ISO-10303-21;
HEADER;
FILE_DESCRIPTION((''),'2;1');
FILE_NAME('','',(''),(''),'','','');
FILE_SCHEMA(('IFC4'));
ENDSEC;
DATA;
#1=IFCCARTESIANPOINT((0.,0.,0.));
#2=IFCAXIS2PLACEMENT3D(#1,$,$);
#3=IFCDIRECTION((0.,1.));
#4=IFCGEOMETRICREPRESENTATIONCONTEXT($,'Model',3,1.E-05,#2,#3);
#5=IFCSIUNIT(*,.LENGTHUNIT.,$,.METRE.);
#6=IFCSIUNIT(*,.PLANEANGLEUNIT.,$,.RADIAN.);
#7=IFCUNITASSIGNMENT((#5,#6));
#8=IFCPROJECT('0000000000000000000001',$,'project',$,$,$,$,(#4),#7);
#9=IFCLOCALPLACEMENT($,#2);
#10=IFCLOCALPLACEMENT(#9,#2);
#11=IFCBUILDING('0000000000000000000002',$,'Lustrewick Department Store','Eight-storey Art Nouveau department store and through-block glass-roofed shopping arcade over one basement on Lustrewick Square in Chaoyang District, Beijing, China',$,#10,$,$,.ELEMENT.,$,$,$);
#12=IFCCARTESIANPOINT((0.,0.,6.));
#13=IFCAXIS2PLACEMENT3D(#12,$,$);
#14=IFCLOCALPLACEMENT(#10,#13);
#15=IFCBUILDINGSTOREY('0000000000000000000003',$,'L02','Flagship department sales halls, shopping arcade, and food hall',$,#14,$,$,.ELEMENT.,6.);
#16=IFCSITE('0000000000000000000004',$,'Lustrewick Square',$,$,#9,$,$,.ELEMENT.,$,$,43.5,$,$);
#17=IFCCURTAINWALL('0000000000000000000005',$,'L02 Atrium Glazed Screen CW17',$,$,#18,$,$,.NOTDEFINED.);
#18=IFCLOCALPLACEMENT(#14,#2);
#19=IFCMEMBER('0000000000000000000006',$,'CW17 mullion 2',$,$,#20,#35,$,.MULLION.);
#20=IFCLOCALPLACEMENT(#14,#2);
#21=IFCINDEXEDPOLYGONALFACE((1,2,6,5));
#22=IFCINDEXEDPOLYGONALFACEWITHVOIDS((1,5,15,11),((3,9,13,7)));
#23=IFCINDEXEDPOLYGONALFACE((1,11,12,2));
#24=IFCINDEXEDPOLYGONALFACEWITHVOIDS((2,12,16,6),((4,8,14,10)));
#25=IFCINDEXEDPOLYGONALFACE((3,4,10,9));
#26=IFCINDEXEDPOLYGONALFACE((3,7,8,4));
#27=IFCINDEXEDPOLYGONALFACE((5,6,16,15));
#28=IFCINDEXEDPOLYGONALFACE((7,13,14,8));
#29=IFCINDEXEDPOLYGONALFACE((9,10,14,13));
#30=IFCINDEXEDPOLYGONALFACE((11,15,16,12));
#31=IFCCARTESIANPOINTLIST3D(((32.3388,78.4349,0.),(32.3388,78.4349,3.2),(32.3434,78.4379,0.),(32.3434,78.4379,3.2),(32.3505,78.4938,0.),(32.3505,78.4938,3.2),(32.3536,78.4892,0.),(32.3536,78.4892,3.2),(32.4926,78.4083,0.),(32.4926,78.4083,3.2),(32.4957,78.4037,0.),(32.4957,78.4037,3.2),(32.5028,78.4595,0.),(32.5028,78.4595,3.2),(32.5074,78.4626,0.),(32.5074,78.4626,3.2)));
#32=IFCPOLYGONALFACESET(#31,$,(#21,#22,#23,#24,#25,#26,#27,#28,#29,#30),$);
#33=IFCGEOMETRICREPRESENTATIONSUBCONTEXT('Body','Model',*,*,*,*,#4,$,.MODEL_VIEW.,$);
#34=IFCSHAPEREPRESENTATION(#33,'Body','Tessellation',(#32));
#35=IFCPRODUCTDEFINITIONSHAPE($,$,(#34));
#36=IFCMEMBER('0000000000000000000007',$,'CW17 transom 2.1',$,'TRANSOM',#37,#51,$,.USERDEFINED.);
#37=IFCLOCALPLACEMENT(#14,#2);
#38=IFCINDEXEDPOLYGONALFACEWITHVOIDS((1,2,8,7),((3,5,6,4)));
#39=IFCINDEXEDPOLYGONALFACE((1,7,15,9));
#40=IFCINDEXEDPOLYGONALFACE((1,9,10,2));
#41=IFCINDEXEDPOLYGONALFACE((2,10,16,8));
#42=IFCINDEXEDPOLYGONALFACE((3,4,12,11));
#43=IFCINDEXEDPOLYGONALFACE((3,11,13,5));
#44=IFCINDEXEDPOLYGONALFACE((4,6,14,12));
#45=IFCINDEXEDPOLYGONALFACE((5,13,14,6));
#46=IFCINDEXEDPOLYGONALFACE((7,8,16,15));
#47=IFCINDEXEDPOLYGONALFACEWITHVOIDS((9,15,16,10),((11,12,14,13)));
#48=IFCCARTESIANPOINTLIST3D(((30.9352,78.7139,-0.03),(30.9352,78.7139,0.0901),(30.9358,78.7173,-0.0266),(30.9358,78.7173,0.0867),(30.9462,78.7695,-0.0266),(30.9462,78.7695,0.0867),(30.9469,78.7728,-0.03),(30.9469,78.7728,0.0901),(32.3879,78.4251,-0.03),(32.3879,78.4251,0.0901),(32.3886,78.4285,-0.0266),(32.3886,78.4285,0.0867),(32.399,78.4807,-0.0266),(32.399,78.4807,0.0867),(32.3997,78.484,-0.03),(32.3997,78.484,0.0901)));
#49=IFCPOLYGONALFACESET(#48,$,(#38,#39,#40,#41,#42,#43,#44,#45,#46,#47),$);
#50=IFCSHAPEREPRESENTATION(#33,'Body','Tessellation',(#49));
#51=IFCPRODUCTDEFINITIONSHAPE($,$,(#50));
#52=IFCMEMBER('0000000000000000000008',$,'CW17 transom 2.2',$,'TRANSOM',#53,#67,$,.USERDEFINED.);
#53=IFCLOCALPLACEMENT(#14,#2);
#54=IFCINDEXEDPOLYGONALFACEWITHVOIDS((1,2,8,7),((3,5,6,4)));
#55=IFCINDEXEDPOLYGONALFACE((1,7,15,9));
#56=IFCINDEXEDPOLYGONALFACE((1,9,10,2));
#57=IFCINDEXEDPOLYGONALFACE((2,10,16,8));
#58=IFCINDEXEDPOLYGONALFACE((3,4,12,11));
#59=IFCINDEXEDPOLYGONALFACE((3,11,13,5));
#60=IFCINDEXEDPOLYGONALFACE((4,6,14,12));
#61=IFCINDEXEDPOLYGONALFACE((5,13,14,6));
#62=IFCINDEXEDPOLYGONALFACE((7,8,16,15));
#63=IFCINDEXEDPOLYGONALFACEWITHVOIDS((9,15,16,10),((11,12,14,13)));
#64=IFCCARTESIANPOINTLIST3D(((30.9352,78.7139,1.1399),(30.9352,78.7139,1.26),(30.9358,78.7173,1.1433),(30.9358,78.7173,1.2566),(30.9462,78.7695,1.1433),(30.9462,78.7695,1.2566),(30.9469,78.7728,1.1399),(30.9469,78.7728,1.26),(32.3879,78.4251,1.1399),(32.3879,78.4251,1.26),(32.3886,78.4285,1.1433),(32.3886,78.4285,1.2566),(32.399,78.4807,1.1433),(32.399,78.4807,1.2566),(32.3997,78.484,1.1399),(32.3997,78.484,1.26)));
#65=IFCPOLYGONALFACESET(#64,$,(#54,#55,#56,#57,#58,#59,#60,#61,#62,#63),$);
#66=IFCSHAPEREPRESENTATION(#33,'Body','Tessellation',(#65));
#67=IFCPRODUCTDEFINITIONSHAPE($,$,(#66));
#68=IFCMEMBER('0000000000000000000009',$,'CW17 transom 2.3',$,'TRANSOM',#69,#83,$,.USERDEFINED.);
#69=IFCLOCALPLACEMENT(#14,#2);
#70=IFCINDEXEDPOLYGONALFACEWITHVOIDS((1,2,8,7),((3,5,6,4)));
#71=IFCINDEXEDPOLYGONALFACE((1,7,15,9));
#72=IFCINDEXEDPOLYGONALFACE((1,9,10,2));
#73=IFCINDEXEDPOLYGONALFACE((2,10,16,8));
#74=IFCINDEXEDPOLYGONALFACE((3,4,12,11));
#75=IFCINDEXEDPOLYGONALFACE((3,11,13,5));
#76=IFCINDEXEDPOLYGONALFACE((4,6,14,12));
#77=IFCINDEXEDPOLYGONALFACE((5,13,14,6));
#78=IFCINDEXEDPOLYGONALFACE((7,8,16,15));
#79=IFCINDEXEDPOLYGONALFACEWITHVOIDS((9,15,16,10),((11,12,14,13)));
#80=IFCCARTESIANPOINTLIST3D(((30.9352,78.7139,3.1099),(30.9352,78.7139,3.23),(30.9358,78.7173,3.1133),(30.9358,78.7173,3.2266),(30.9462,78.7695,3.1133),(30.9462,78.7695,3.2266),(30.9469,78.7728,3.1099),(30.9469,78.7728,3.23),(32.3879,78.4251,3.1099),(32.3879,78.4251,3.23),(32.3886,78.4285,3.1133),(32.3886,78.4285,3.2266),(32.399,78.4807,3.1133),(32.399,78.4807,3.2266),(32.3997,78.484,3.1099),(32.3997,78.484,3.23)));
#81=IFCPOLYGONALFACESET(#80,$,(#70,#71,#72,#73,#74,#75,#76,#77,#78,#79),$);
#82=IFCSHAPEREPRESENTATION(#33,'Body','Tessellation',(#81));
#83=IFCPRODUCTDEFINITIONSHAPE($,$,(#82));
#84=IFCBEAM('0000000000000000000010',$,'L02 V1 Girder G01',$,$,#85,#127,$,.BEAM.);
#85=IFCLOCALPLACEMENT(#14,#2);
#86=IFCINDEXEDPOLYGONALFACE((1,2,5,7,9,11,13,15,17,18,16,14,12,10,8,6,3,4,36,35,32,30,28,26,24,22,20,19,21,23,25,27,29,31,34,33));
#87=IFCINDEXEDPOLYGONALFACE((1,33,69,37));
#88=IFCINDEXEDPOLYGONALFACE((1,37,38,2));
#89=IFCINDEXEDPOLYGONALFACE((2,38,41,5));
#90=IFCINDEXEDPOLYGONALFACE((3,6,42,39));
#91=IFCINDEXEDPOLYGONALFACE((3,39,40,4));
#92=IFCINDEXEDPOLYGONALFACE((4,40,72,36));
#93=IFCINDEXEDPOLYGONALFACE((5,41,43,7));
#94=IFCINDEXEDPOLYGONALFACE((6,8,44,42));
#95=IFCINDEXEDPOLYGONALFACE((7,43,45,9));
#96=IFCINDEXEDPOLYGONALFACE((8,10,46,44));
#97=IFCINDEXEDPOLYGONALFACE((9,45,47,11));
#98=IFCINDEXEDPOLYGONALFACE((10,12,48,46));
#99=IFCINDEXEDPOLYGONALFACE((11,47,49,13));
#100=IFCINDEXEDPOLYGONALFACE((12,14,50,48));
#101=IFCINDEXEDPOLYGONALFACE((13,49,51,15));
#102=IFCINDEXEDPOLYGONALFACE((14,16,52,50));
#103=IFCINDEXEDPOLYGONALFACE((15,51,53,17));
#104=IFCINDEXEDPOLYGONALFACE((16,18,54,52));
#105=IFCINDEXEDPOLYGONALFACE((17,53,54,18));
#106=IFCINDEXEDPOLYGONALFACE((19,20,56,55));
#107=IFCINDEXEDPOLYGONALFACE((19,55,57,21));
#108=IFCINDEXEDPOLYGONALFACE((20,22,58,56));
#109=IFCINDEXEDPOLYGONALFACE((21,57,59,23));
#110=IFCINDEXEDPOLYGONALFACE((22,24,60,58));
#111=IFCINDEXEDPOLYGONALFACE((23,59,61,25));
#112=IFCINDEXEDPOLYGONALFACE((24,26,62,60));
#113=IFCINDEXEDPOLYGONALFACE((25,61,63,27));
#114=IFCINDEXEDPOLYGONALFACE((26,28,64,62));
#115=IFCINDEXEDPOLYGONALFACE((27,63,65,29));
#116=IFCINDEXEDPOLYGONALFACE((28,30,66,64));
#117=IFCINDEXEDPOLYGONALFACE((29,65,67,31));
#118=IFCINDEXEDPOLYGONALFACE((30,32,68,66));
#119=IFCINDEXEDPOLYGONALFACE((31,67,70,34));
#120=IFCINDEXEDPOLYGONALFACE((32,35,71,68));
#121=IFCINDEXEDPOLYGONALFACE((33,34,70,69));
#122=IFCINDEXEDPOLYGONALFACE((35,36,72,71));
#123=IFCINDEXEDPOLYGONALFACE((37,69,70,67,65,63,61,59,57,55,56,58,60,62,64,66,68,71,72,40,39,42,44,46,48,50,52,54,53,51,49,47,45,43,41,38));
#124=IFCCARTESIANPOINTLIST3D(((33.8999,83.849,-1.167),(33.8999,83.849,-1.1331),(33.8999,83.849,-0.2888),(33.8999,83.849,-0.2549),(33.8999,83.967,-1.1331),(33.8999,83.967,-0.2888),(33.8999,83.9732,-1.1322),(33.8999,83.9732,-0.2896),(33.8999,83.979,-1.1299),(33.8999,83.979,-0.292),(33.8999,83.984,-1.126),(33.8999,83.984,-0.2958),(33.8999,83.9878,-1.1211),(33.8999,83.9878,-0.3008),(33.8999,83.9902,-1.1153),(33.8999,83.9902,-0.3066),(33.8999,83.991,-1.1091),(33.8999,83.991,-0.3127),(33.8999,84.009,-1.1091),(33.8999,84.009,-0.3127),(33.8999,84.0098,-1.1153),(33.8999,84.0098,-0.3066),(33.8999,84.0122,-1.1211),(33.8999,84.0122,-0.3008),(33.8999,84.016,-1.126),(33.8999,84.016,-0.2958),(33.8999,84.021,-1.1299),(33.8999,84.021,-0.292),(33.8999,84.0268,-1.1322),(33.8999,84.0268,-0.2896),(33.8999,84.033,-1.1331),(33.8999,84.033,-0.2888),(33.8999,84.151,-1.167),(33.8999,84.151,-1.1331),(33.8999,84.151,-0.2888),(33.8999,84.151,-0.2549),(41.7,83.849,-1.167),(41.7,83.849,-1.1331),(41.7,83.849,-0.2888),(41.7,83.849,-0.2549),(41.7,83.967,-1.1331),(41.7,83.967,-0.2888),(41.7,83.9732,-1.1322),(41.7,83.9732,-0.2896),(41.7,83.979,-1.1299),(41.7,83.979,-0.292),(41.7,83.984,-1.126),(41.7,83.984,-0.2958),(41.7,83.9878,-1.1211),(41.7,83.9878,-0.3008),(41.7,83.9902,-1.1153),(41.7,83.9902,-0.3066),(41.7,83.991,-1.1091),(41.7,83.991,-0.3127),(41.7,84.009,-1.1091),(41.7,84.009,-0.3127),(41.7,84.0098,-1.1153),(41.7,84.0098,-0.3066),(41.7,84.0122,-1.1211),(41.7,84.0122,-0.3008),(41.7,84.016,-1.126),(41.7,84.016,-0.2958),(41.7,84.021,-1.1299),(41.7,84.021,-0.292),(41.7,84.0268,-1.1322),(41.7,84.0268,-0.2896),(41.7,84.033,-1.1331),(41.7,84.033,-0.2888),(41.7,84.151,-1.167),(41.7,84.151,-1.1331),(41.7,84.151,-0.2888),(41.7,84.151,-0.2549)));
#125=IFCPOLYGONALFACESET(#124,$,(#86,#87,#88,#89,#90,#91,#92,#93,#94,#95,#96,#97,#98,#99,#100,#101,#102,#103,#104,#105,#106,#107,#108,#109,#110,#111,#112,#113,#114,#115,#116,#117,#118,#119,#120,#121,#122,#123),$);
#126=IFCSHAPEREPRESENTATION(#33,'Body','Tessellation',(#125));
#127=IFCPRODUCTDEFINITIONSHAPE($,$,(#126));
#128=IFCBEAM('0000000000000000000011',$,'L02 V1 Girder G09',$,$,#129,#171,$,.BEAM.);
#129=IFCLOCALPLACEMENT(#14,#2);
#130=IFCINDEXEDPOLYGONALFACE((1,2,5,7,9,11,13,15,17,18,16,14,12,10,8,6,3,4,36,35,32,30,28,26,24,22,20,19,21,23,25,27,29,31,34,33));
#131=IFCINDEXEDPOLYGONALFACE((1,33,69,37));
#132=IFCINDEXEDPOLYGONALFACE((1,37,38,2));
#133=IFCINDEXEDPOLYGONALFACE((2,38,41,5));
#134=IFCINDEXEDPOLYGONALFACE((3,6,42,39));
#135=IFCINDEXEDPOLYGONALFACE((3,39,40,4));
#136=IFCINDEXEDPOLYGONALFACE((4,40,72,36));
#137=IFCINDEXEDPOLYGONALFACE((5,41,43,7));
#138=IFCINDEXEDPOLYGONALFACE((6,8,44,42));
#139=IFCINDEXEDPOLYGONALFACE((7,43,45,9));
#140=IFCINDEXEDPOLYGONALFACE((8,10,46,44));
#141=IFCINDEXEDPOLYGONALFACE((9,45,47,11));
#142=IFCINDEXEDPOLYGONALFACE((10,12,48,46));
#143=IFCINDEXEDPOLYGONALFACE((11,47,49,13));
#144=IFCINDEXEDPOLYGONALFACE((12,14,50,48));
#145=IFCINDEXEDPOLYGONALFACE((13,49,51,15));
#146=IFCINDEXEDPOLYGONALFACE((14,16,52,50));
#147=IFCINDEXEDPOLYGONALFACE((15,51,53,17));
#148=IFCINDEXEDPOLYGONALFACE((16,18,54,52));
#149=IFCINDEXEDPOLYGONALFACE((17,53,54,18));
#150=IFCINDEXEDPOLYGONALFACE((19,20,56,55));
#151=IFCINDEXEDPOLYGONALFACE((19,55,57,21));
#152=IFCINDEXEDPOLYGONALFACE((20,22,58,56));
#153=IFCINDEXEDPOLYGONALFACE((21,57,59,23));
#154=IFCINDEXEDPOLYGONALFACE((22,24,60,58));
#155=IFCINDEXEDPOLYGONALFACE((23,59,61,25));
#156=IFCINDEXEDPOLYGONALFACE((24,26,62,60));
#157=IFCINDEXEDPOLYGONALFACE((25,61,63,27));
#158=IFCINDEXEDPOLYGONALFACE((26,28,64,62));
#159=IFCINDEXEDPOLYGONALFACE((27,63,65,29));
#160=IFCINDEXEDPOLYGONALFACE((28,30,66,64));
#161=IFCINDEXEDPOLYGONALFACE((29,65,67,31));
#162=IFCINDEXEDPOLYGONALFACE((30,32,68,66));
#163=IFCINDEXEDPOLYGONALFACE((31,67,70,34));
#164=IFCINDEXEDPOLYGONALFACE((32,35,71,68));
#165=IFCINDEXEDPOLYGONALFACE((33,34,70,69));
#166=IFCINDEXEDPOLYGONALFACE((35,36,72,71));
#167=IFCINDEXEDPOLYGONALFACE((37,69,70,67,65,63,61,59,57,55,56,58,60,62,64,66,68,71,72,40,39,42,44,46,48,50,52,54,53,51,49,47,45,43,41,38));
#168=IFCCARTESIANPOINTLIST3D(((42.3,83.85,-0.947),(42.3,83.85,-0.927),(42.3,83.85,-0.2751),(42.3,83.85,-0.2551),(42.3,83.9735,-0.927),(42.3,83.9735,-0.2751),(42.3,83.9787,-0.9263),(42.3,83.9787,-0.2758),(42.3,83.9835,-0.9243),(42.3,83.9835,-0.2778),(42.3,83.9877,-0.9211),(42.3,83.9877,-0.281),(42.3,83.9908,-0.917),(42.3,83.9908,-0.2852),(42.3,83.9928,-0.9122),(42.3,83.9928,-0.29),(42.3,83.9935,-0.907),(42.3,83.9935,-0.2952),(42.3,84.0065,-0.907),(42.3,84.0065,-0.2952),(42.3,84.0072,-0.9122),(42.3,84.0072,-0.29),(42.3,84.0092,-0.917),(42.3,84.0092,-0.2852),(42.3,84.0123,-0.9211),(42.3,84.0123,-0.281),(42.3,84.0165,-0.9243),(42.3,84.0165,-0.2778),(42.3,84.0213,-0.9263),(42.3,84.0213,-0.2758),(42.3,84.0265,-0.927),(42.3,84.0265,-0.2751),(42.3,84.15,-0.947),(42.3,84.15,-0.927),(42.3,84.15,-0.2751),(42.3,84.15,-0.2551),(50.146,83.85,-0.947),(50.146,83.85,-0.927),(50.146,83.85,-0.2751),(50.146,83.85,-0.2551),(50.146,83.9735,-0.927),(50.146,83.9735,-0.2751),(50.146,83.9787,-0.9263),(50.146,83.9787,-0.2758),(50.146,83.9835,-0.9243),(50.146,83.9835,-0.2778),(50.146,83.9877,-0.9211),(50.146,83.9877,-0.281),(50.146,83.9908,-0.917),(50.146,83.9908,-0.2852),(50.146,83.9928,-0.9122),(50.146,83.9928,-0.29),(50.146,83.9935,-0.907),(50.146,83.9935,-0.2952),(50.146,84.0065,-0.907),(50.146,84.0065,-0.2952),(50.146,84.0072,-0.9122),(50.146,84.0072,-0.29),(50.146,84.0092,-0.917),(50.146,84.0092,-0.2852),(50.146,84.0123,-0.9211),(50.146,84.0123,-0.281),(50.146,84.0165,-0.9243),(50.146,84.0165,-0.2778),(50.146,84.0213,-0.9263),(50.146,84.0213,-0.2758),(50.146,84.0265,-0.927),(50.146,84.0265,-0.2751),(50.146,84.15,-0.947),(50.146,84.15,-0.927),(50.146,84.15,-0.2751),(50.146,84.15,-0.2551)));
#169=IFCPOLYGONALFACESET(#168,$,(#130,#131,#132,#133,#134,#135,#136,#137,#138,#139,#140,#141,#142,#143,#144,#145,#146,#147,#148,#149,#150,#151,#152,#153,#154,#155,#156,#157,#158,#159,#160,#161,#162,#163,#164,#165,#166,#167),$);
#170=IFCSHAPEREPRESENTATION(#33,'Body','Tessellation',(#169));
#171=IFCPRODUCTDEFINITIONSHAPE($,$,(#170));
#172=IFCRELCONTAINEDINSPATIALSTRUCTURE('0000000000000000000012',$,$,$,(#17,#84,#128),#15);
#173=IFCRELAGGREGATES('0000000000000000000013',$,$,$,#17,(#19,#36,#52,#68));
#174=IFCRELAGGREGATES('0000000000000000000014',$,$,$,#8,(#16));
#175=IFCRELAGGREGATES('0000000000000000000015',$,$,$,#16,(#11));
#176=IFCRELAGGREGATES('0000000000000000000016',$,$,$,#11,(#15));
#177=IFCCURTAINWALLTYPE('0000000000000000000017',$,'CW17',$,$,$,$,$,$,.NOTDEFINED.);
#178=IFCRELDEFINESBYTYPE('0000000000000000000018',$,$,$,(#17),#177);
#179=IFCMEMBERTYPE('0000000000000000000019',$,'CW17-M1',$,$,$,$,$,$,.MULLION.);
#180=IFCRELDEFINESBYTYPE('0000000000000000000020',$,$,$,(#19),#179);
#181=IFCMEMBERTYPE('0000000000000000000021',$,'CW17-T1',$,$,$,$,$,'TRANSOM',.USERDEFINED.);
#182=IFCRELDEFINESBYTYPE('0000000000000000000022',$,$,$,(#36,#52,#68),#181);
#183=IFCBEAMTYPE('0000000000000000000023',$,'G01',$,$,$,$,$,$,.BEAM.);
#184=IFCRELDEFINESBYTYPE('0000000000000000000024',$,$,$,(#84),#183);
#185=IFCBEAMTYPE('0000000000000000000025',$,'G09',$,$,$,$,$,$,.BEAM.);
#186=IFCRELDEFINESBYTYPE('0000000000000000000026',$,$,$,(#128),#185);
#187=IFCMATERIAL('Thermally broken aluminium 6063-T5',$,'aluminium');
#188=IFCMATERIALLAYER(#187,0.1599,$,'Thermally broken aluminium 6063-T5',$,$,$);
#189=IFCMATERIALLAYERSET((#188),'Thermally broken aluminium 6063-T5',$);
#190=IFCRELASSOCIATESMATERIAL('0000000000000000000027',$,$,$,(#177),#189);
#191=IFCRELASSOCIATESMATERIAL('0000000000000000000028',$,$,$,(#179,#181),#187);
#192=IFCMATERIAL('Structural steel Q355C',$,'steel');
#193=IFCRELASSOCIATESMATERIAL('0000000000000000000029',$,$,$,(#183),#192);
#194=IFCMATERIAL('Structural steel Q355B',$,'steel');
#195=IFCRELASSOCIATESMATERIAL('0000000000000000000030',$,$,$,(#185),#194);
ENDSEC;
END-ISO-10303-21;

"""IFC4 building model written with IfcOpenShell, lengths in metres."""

from ifc_helpers import new_model, si_unit, direction, frame, origin, origin_2d, place, context, subcontext, project, spatial, hollow_rectangle, i_section, extrude, material, layer, layer_set, material_profile, profile_set, type_object, element, aggregate, save


model = new_model("IFC4")

# Units and contexts
model_context = context("Model", 3, precision=1e-05, world=origin(), true_north=direction((0.0, 1.0)))
body_context = subcontext(model_context, "Body", "Model", "MODEL_VIEW")
ifc_project = project(units=[si_unit("LENGTHUNIT", "METRE"), si_unit("PLANEANGLEUNIT", "RADIAN")], contexts=[model_context])

# Site, building, storey
site_placement = place(None, origin())
site = spatial("IfcSite", under=ifc_project, at=site_placement, Name="Lustrewick Square", CompositionType="ELEMENT", RefElevation=43.5)
building_placement = place(site_placement, origin())
building = spatial("IfcBuilding", under=site, at=building_placement, Name="Lustrewick Department Store", Description="Eight-storey Art Nouveau department store and through-block glass-roofed shopping arcade over one basement on Lustrewick Square in Chaoyang District, Beijing, China", CompositionType="ELEMENT")
storey_placement = place(building_placement, frame((0.0, 0.0, 6.0)))
storey = spatial("IfcBuildingStorey", under=building, at=storey_placement, Name="L02", Description="Flagship department sales halls, shopping arcade, and food hall", CompositionType="ELEMENT", Elevation=6.0)

# Shared definitions
ifc_material_1 = material(Name="Structural steel Q355C", Category="steel")
ifc_material_2 = material(Name="Structural steel Q355B", Category="steel")

# Curtain wall, members
ifc_material_3 = material(Name="Thermally broken aluminium 6063-T5", Category="aluminium")
ifc_layer_1 = layer(ifc_material_3, 0.1599, Name="Thermally broken aluminium 6063-T5")
ifc_layer_set_1 = layer_set([ifc_layer_1], Name="Thermally broken aluminium 6063-T5")
curtain_wall_type = type_object("IfcCurtainWallType", Name="CW17", PredefinedType="NOTDEFINED", material=ifc_layer_set_1)
curtain_wall_placement = place(storey_placement, origin())
curtain_wall = element("IfcCurtainWall", 1, at=curtain_wall_placement, inside=storey, type_object=curtain_wall_type, Name="L02 Atrium Glazed Screen CW17", PredefinedType="NOTDEFINED")
ifc_material_profile_1 = material_profile(ifc_material_3, hollow_rectangle(XDim=0.0601, YDim=0.1599, WallThickness=0.0039, at=origin_2d()), Name="ALU-M 60x160x4")
ifc_profile_set_1 = profile_set([ifc_material_profile_1], Name="Thermally broken aluminium 6063-T5")
member_type_1 = type_object("IfcMemberType", Name="CW17-M1", PredefinedType="MULLION", material=ifc_profile_set_1)
member_1_placement = place(storey_placement, frame((32.4231, 78.4487, 0.0), z_axis=(0.0, 0.0, 1.0), x_axis=(-0.195085, -0.980786, 0.0)))
member_1 = element("IfcMember", 2, at=member_1_placement, type_object=member_type_1, Name="CW17 mullion 2", PredefinedType="MULLION", context=body_context, shape_type="SweptSolid", body=[
    extrude(hollow_rectangle(XDim=0.0601, YDim=0.1599, WallThickness=0.0039, at=origin_2d()), origin(), (0.0, 0.0, 1.0), 3.2),
])
ifc_material_profile_2 = material_profile(ifc_material_3, hollow_rectangle(XDim=0.0601, YDim=0.1201, WallThickness=0.0034, at=origin_2d()), Name="ALU-T 60x120x3.5")
ifc_profile_set_2 = profile_set([ifc_material_profile_2], Name="Thermally broken aluminium 6063-T5")
member_type_2 = type_object("IfcMemberType", Name="CW17-T1", ElementType="TRANSOM", PredefinedType="USERDEFINED", material=ifc_profile_set_2)
member_2_placement = place(storey_placement, frame((32.3938, 78.4546, 0.03), z_axis=(-0.980808, 0.194975, 0.0), x_axis=(-0.194975, -0.980808, 0.0)))
member_2 = element("IfcMember", 3, at=member_2_placement, type_object=member_type_2, Name="CW17 transom 2.1", ObjectType="TRANSOM", PredefinedType="USERDEFINED", context=body_context, shape_type="SweptSolid", body=[
    extrude(hollow_rectangle(XDim=0.0601, YDim=0.1201, WallThickness=0.0034, at=origin_2d()), origin(), (0.0, 0.0, 1.0), 1.4812),
])
member_3_placement = place(storey_placement, frame((32.3938, 78.4546, 1.2), z_axis=(-0.980808, 0.194975, 0.0), x_axis=(-0.194975, -0.980808, 0.0)))
member_3 = element("IfcMember", 4, at=member_3_placement, type_object=member_type_2, Name="CW17 transom 2.2", ObjectType="TRANSOM", PredefinedType="USERDEFINED", context=body_context, shape_type="SweptSolid", body=[
    extrude(hollow_rectangle(XDim=0.0601, YDim=0.1201, WallThickness=0.0034, at=origin_2d()), origin(), (0.0, 0.0, 1.0), 1.4812),
])
member_4_placement = place(storey_placement, frame((32.3938, 78.4546, 3.1699), z_axis=(-0.980808, 0.194975, 0.0), x_axis=(-0.194975, -0.980808, 0.0)))
member_4 = element("IfcMember", 5, at=member_4_placement, type_object=member_type_2, Name="CW17 transom 2.3", ObjectType="TRANSOM", PredefinedType="USERDEFINED", context=body_context, shape_type="SweptSolid", body=[
    extrude(hollow_rectangle(XDim=0.0601, YDim=0.1201, WallThickness=0.0034, at=origin_2d()), origin(), (0.0, 0.0, 1.0), 1.4812),
])
aggregate(curtain_wall, [member_1, member_2, member_3, member_4])

# Beams
ifc_material_profile_3 = material_profile(ifc_material_1, i_section(OverallWidth=0.302, OverallDepth=0.9121, WebThickness=0.0181, FlangeThickness=0.0339, FilletRadius=0.0239, at=origin_2d()), Name="HN 912x302x18x34")
ifc_profile_set_3 = profile_set([ifc_material_profile_3], Name="Structural steel Q355C")
beam_type_1 = type_object("IfcBeamType", Name="G01", PredefinedType="BEAM", material=ifc_profile_set_3)
beam_1_placement = place(storey_placement, frame((33.8999, 84.0, -0.7109), z_axis=(1.0, 0.0, 0.0), x_axis=(0.0, 1.0, 0.0)))
element("IfcBeam", 6, at=beam_1_placement, inside=storey, type_object=beam_type_1, Name="L02 V1 Girder G01", PredefinedType="BEAM", context=body_context, shape_type="SweptSolid", body=[
    extrude(i_section(OverallWidth=0.302, OverallDepth=0.9121, WebThickness=0.0181, FlangeThickness=0.0339, FilletRadius=0.0239, at=origin_2d()), origin(), (0.0, 0.0, 1.0), 7.8),
])
ifc_material_profile_4 = material_profile(ifc_material_2, i_section(OverallWidth=0.3, OverallDepth=0.6919, WebThickness=0.0129, FlangeThickness=0.02, FilletRadius=0.02, at=origin_2d()), Name="HN 692x300x13x20")
ifc_profile_set_4 = profile_set([ifc_material_profile_4], Name="Structural steel Q355B")
beam_type_2 = type_object("IfcBeamType", Name="G09", PredefinedType="BEAM", material=ifc_profile_set_4)
beam_2_placement = place(storey_placement, frame((42.3, 84.0, -0.6011), z_axis=(1.0, 0.0, 0.0), x_axis=(0.0, 1.0, 0.0)))
element("IfcBeam", 7, at=beam_2_placement, inside=storey, type_object=beam_type_2, Name="L02 V1 Girder G09", PredefinedType="BEAM", context=body_context, shape_type="SweptSolid", body=[
    extrude(i_section(OverallWidth=0.3, OverallDepth=0.6919, WebThickness=0.0129, FlangeThickness=0.02, FilletRadius=0.02, at=origin_2d()), origin(), (0.0, 0.0, 1.0), 7.8459),
])

save(model, "model.ifc")
